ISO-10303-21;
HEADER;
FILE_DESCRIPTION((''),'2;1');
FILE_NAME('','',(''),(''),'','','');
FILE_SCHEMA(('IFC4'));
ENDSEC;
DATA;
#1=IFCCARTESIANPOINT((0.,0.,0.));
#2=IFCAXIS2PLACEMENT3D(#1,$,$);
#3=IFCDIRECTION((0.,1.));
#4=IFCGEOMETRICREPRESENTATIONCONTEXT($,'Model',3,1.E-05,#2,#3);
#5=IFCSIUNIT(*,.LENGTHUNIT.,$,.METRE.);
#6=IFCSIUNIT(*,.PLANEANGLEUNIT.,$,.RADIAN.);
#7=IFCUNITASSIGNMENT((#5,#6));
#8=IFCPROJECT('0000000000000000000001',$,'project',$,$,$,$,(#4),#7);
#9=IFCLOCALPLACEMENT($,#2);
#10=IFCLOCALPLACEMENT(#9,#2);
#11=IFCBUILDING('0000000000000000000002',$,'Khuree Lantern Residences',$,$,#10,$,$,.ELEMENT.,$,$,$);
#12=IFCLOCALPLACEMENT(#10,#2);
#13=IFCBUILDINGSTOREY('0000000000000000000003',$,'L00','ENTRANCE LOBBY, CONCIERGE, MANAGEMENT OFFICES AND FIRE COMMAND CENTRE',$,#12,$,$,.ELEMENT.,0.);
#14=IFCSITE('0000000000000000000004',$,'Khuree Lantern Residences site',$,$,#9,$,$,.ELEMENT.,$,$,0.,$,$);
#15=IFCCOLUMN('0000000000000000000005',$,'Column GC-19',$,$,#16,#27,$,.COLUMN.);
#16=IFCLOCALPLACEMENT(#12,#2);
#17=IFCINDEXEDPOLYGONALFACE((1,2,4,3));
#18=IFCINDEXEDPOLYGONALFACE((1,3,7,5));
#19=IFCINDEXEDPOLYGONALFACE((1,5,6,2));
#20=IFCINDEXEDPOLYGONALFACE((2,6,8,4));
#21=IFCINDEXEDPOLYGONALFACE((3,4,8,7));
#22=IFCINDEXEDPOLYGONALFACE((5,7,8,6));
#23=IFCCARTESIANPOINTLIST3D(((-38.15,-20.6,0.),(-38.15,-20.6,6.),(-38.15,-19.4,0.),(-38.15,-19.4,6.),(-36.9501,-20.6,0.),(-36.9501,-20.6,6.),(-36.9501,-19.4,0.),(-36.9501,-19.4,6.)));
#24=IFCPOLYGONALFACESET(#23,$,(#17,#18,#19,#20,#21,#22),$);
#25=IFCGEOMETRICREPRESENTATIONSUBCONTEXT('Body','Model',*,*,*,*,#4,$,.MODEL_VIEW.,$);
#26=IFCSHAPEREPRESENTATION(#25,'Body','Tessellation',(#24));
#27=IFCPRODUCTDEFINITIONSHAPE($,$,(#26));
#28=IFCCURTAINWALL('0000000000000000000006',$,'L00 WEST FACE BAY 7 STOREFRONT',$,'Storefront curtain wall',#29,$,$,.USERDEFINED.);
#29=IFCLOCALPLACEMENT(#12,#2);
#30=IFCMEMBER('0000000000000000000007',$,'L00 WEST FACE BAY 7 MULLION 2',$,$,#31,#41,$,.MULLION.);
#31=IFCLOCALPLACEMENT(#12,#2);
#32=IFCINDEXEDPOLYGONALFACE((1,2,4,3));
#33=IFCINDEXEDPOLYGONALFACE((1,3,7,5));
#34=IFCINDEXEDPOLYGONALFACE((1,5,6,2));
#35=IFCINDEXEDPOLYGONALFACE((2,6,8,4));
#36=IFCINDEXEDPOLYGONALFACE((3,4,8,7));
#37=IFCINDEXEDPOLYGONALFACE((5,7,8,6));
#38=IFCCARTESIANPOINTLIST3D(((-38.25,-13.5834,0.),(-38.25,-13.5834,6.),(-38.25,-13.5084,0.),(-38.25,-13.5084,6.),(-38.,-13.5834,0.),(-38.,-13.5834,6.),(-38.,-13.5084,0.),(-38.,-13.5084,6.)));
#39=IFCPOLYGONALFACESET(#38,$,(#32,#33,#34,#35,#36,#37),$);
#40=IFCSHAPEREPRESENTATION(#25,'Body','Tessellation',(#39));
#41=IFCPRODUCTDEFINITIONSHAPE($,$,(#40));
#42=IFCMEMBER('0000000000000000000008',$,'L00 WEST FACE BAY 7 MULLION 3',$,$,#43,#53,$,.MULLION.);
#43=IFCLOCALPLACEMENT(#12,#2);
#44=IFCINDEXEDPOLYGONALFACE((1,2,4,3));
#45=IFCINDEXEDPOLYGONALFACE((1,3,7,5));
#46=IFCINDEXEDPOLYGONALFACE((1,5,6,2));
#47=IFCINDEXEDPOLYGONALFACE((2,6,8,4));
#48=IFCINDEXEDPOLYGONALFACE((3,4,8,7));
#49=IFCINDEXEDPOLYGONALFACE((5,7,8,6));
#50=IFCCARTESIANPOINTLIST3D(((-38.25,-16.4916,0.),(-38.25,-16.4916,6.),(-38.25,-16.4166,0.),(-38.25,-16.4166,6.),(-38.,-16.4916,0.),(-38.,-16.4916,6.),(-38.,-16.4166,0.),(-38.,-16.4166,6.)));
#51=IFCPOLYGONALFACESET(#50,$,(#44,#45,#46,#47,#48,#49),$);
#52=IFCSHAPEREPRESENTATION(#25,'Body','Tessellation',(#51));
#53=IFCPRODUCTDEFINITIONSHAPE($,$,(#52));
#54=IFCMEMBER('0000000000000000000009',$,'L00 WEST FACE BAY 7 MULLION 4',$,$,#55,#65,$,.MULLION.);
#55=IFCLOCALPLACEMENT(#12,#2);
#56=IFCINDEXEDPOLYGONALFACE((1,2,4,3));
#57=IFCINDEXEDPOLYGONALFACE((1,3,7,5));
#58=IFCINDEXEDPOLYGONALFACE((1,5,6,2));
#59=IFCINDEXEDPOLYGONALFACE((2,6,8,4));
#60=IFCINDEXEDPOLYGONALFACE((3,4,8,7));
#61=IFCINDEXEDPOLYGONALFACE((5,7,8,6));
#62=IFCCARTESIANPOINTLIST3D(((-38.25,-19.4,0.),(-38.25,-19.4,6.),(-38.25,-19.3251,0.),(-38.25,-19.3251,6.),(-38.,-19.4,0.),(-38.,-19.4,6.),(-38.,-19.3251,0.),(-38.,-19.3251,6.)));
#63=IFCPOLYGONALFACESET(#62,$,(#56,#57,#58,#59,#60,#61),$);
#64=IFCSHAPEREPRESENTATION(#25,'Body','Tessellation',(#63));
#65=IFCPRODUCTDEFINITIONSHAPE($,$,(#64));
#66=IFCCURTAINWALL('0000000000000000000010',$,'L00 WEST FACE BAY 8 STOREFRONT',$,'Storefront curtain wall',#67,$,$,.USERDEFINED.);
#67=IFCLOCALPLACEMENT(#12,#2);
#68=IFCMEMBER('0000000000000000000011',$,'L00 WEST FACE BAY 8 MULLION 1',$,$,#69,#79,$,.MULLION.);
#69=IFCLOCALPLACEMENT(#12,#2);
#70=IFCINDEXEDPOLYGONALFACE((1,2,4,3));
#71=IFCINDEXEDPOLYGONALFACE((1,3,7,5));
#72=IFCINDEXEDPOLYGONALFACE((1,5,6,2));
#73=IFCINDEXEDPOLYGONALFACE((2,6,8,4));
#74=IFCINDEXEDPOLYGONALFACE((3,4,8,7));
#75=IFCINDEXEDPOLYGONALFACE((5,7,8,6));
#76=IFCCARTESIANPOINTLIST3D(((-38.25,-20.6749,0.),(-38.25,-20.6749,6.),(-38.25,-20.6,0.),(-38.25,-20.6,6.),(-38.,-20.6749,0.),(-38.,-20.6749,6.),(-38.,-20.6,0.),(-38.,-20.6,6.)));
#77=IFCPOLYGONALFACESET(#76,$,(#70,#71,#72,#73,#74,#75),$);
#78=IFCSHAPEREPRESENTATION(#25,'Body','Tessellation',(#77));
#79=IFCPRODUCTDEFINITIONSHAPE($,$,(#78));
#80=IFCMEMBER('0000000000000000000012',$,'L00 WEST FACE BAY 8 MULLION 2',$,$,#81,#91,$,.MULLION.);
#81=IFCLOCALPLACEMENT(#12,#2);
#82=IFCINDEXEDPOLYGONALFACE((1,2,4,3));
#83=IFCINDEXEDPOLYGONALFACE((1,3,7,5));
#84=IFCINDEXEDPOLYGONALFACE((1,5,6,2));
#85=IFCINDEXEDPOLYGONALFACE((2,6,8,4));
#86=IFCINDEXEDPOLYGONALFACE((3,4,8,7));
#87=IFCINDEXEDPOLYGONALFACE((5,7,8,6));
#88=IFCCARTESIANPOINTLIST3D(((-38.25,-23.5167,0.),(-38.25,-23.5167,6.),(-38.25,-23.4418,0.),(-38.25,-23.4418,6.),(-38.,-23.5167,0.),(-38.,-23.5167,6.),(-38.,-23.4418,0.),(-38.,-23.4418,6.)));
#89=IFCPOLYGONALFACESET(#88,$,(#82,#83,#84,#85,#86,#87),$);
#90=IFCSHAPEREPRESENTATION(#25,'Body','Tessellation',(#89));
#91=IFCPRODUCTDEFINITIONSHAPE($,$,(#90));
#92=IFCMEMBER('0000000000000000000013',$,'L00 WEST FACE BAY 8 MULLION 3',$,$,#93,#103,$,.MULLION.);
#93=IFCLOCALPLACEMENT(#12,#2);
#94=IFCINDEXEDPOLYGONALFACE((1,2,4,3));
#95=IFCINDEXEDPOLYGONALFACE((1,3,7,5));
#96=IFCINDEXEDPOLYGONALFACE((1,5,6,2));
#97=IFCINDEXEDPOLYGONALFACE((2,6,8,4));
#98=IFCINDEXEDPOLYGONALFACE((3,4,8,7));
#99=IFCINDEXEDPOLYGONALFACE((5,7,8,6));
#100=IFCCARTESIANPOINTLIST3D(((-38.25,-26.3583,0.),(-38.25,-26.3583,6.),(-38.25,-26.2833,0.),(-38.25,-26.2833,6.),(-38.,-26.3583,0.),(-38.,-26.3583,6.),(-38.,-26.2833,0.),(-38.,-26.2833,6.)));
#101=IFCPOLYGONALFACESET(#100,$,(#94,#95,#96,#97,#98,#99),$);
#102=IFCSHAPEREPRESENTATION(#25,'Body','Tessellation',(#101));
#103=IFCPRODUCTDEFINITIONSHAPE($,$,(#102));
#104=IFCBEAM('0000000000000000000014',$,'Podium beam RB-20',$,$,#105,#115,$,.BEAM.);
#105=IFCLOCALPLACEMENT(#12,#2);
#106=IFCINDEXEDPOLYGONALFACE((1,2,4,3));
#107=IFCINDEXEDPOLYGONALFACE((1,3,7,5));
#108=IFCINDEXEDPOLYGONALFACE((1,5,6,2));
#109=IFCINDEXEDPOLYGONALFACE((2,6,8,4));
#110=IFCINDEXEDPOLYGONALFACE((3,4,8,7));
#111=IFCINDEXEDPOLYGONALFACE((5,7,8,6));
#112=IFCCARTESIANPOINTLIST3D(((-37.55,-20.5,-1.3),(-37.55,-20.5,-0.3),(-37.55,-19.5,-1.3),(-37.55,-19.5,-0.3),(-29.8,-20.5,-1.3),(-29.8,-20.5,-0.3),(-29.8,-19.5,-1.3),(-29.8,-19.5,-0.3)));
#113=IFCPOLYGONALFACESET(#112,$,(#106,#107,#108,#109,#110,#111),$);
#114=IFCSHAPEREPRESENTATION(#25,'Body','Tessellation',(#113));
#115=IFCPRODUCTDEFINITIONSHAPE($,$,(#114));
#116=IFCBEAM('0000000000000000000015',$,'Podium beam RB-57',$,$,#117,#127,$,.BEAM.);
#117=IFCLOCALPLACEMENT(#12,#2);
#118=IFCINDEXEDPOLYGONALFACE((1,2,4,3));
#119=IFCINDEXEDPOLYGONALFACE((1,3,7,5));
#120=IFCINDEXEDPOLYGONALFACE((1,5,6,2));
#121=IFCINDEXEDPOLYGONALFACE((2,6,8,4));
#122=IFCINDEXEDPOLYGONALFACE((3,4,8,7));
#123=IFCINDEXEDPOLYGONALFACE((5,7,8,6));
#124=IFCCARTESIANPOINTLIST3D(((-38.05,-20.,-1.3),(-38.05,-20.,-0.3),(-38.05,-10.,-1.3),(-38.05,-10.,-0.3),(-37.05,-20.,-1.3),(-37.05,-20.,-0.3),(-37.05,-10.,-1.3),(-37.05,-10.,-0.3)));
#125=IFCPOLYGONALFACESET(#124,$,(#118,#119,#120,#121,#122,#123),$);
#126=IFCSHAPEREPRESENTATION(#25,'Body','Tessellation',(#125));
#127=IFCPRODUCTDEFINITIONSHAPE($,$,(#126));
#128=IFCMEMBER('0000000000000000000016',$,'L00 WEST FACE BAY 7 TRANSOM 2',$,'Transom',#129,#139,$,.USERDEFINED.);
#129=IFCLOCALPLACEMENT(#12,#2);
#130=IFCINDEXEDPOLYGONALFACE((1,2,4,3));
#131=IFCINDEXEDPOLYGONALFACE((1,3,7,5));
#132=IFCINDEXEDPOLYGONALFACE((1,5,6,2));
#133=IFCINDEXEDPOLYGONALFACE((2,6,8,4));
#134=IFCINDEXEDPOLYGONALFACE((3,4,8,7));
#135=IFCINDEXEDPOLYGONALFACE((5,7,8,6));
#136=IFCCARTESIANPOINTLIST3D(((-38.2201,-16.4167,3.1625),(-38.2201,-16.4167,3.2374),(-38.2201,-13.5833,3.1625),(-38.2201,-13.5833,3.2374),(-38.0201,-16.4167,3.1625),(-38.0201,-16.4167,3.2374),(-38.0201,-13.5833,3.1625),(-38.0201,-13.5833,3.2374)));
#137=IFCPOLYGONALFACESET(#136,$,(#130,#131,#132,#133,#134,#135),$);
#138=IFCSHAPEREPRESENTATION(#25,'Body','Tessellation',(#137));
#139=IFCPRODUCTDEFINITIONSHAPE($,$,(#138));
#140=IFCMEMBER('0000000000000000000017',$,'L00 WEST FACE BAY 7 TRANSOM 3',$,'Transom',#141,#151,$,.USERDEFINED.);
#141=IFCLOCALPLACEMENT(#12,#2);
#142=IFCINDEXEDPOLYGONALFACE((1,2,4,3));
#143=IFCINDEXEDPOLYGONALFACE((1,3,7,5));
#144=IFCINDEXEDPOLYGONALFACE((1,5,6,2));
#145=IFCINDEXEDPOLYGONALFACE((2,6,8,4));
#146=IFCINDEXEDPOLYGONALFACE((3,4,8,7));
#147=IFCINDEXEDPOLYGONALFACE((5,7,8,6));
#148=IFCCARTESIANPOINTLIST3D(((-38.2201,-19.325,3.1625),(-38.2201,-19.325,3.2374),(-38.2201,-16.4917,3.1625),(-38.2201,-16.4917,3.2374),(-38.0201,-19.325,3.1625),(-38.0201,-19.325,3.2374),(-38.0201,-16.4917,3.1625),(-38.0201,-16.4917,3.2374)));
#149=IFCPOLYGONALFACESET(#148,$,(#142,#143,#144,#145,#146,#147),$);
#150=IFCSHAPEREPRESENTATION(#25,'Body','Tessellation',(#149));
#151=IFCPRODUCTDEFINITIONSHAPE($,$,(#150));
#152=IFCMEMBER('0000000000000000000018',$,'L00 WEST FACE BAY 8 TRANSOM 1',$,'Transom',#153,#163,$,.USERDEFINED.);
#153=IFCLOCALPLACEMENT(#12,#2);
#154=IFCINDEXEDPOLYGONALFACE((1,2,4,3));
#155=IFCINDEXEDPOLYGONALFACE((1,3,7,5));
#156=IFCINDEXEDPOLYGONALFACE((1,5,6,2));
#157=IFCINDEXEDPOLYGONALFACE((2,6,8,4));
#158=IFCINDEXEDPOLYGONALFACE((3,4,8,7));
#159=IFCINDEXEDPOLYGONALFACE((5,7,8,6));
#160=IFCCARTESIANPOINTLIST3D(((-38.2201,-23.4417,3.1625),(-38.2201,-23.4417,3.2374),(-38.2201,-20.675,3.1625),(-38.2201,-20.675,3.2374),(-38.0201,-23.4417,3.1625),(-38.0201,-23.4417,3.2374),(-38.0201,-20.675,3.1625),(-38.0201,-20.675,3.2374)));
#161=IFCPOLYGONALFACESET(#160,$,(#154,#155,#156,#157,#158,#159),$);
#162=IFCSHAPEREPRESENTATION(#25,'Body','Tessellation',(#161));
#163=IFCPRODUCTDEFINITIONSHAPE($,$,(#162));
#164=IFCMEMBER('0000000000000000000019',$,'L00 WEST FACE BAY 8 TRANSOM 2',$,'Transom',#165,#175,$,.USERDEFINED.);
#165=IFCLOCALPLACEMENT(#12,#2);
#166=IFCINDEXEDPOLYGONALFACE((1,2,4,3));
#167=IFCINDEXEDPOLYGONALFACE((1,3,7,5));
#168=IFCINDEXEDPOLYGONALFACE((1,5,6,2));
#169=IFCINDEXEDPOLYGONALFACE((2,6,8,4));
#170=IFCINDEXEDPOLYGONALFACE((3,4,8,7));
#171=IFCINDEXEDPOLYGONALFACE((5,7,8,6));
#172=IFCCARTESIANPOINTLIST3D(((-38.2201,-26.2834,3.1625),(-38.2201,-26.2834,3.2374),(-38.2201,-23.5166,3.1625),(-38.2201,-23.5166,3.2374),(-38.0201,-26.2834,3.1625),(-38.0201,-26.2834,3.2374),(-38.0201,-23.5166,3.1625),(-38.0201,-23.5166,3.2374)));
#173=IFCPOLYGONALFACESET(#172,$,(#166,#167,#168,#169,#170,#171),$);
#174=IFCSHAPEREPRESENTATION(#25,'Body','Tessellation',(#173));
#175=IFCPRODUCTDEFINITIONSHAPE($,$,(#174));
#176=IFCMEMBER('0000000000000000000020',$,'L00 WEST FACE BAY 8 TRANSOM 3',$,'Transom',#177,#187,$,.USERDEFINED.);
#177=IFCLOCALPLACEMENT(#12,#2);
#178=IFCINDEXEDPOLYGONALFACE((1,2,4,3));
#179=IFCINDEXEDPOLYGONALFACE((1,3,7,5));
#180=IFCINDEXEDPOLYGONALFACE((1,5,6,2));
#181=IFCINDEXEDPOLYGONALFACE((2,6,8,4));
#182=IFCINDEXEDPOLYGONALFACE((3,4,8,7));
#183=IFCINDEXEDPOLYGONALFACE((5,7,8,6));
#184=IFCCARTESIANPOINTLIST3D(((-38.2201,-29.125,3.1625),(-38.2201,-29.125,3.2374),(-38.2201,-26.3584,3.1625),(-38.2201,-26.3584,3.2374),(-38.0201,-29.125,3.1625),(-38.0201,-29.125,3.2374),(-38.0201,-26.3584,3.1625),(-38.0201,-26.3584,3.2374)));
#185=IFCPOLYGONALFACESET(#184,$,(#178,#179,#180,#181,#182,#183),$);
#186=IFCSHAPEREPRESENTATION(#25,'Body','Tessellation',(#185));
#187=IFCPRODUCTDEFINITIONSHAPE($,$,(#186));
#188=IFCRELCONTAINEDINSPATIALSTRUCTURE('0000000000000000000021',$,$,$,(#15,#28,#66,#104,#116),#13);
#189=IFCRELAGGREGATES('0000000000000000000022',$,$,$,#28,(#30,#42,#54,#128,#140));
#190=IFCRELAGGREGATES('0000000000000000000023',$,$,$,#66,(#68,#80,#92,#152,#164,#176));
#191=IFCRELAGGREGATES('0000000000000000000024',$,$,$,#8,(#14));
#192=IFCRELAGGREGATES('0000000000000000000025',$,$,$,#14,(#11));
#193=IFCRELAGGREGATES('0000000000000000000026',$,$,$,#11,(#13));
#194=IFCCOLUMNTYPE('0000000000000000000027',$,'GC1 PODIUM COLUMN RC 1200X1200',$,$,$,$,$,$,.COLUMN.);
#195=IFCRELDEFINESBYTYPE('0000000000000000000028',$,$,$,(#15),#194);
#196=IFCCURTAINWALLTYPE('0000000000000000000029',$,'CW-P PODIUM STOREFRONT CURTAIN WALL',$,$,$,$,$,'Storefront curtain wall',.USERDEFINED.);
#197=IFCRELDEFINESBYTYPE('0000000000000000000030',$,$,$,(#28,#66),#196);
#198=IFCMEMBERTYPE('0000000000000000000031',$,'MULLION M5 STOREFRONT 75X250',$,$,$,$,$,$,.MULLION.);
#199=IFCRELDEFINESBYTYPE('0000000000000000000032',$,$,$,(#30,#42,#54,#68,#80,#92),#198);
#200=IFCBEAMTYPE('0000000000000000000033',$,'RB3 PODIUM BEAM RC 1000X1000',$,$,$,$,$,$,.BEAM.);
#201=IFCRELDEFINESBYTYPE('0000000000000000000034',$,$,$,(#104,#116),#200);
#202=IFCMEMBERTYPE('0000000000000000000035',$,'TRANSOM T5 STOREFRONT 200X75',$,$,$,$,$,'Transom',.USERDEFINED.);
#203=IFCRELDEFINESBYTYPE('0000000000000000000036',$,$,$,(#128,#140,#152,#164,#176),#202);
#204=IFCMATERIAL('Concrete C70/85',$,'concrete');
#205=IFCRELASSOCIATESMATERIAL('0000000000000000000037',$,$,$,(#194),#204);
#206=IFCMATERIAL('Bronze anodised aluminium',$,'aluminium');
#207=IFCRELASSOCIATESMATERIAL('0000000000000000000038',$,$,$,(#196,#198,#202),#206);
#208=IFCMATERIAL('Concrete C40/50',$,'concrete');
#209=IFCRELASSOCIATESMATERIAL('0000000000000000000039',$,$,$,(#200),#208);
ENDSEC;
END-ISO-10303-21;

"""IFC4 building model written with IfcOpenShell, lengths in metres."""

from ifc_helpers import new_model, si_unit, direction, frame, origin, origin_2d, place, context, subcontext, project, spatial, rectangle, extrude, material, material_profile, profile_set, type_object, element, aggregate, save


model = new_model("IFC4")

# Units and contexts
model_context = context("Model", 3, precision=1e-05, world=origin(), true_north=direction((0.0, 1.0)))
body_context = subcontext(model_context, "Body", "Model", "MODEL_VIEW")
ifc_project = project(units=[si_unit("LENGTHUNIT", "METRE"), si_unit("PLANEANGLEUNIT", "RADIAN")], contexts=[model_context])

# Site, building, storey
site_placement = place(None, origin())
site = spatial("IfcSite", under=ifc_project, at=site_placement, Name="Khuree Lantern Residences site", CompositionType="ELEMENT", RefElevation=0.0)
building_placement = place(site_placement, origin())
building = spatial("IfcBuilding", under=site, at=building_placement, Name="Khuree Lantern Residences", CompositionType="ELEMENT")
storey_placement = place(building_placement, origin())
storey = spatial("IfcBuildingStorey", under=building, at=storey_placement, Name="L00", Description="ENTRANCE LOBBY, CONCIERGE, MANAGEMENT OFFICES AND FIRE COMMAND CENTRE", CompositionType="ELEMENT", Elevation=0.0)

# Column
ifc_material_1 = material(Name="Concrete C70/85", Category="concrete")
ifc_material_profile_1 = material_profile(ifc_material_1, rectangle(XDim=1.2, YDim=1.2, at=origin_2d()), Name="RC 1200X1200")
ifc_profile_set_1 = profile_set([ifc_material_profile_1], Name="Concrete C70/85")
column_type = type_object("IfcColumnType", Name="GC1 PODIUM COLUMN RC 1200X1200", PredefinedType="COLUMN", material=ifc_profile_set_1)
column_placement = place(storey_placement, frame((-37.55, -20.0, 0.0), z_axis=(0.0, 0.0, 1.0), x_axis=(1.0, 0.0, 0.0)))
element("IfcColumn", 1, at=column_placement, inside=storey, type_object=column_type, Name="Column GC-19", PredefinedType="COLUMN", context=body_context, shape_type="SweptSolid", body=[
    extrude(rectangle(XDim=1.2, YDim=1.2, at=origin_2d()), origin(), (0.0, 0.0, 1.0), 6.0),
])

# Curtain walls, members
ifc_material_2 = material(Name="Bronze anodised aluminium", Category="aluminium")
curtain_wall_type = type_object("IfcCurtainWallType", Name="CW-P PODIUM STOREFRONT CURTAIN WALL", ElementType="Storefront curtain wall", PredefinedType="USERDEFINED", material=ifc_material_2)
curtain_wall_1_placement = place(storey_placement, origin())
curtain_wall_1 = element("IfcCurtainWall", 2, at=curtain_wall_1_placement, inside=storey, type_object=curtain_wall_type, Name="L00 WEST FACE BAY 7 STOREFRONT", ObjectType="Storefront curtain wall", PredefinedType="USERDEFINED")
ifc_material_profile_2 = material_profile(ifc_material_2, rectangle(XDim=0.075, YDim=0.25, at=origin_2d()), Name="M5 75X250")
ifc_profile_set_2 = profile_set([ifc_material_profile_2], Name="Bronze anodised aluminium")
member_type_1 = type_object("IfcMemberType", Name="MULLION M5 STOREFRONT 75X250", PredefinedType="MULLION", material=ifc_profile_set_2)
member_1_placement = place(storey_placement, frame((-38.125, -13.5459, 0.0), z_axis=(0.0, 0.0, 1.0), x_axis=(0.0, -1.0, 0.0)))
member_1 = element("IfcMember", 3, at=member_1_placement, type_object=member_type_1, Name="L00 WEST FACE BAY 7 MULLION 2", PredefinedType="MULLION", context=body_context, shape_type="SweptSolid", body=[
    extrude(rectangle(XDim=0.075, YDim=0.25, at=origin_2d()), origin(), (0.0, 0.0, 1.0), 6.0),
])
member_2_placement = place(storey_placement, frame((-38.125, -16.4541, 0.0), z_axis=(0.0, 0.0, 1.0), x_axis=(0.0, -1.0, 0.0)))
member_2 = element("IfcMember", 4, at=member_2_placement, type_object=member_type_1, Name="L00 WEST FACE BAY 7 MULLION 3", PredefinedType="MULLION", context=body_context, shape_type="SweptSolid", body=[
    extrude(rectangle(XDim=0.075, YDim=0.25, at=origin_2d()), origin(), (0.0, 0.0, 1.0), 6.0),
])
member_3_placement = place(storey_placement, frame((-38.125, -19.3625, 0.0), z_axis=(0.0, 0.0, 1.0), x_axis=(0.0, -1.0, 0.0)))
member_3 = element("IfcMember", 5, at=member_3_placement, type_object=member_type_1, Name="L00 WEST FACE BAY 7 MULLION 4", PredefinedType="MULLION", context=body_context, shape_type="SweptSolid", body=[
    extrude(rectangle(XDim=0.075, YDim=0.25, at=origin_2d()), origin(), (0.0, 0.0, 1.0), 6.0),
])
curtain_wall_2_placement = place(storey_placement, origin())
curtain_wall_2 = element("IfcCurtainWall", 6, at=curtain_wall_2_placement, inside=storey, type_object=curtain_wall_type, Name="L00 WEST FACE BAY 8 STOREFRONT", ObjectType="Storefront curtain wall", PredefinedType="USERDEFINED")
member_4_placement = place(storey_placement, frame((-38.125, -20.6375, 0.0), z_axis=(0.0, 0.0, 1.0), x_axis=(0.0, -1.0, 0.0)))
member_4 = element("IfcMember", 7, at=member_4_placement, type_object=member_type_1, Name="L00 WEST FACE BAY 8 MULLION 1", PredefinedType="MULLION", context=body_context, shape_type="SweptSolid", body=[
    extrude(rectangle(XDim=0.075, YDim=0.25, at=origin_2d()), origin(), (0.0, 0.0, 1.0), 6.0),
])
member_5_placement = place(storey_placement, frame((-38.125, -23.4792, 0.0), z_axis=(0.0, 0.0, 1.0), x_axis=(0.0, -1.0, 0.0)))
member_5 = element("IfcMember", 8, at=member_5_placement, type_object=member_type_1, Name="L00 WEST FACE BAY 8 MULLION 2", PredefinedType="MULLION", context=body_context, shape_type="SweptSolid", body=[
    extrude(rectangle(XDim=0.075, YDim=0.25, at=origin_2d()), origin(), (0.0, 0.0, 1.0), 6.0),
])
member_6_placement = place(storey_placement, frame((-38.125, -26.3208, 0.0), z_axis=(0.0, 0.0, 1.0), x_axis=(0.0, -1.0, 0.0)))
member_6 = element("IfcMember", 9, at=member_6_placement, type_object=member_type_1, Name="L00 WEST FACE BAY 8 MULLION 3", PredefinedType="MULLION", context=body_context, shape_type="SweptSolid", body=[
    extrude(rectangle(XDim=0.075, YDim=0.25, at=origin_2d()), origin(), (0.0, 0.0, 1.0), 6.0),
])

# Beams
ifc_material_3 = material(Name="Concrete C40/50", Category="concrete")
ifc_material_profile_3 = material_profile(ifc_material_3, rectangle(XDim=1.0, YDim=1.0, at=origin_2d()), Name="RC 1000X1000")
ifc_profile_set_3 = profile_set([ifc_material_profile_3], Name="Concrete C40/50")
beam_type = type_object("IfcBeamType", Name="RB3 PODIUM BEAM RC 1000X1000", PredefinedType="BEAM", material=ifc_profile_set_3)
beam_1_placement = place(storey_placement, frame((-37.55, -20.0, -0.8), z_axis=(1.0, 0.0, 0.0), x_axis=(0.0, 1.0, 0.0)))
element("IfcBeam", 10, at=beam_1_placement, inside=storey, type_object=beam_type, Name="Podium beam RB-20", PredefinedType="BEAM", context=body_context, shape_type="SweptSolid", body=[
    extrude(rectangle(XDim=1.0, YDim=1.0, at=origin_2d()), origin(), (0.0, 0.0, 1.0), 7.75),
])
beam_2_placement = place(storey_placement, frame((-37.55, -20.0, -0.8), z_axis=(0.0, 1.0, 0.0), x_axis=(-1.0, 0.0, 0.0)))
element("IfcBeam", 11, at=beam_2_placement, inside=storey, type_object=beam_type, Name="Podium beam RB-57", PredefinedType="BEAM", context=body_context, shape_type="SweptSolid", body=[
    extrude(rectangle(XDim=1.0, YDim=1.0, at=origin_2d()), origin(), (0.0, 0.0, 1.0), 10.0),
])

# Members
ifc_material_profile_4 = material_profile(ifc_material_2, rectangle(XDim=0.2, YDim=0.075, at=origin_2d()), Name="T5 200X75")
ifc_profile_set_4 = profile_set([ifc_material_profile_4], Name="Bronze anodised aluminium")
member_type_2 = type_object("IfcMemberType", Name="TRANSOM T5 STOREFRONT 200X75", ElementType="Transom", PredefinedType="USERDEFINED", material=ifc_profile_set_4)
member_7_placement = place(storey_placement, frame((-38.1201, -13.5833, 3.2), z_axis=(0.0, -1.0, 0.0), x_axis=(1.0, 0.0, 0.0)))
member_7 = element("IfcMember", 12, at=member_7_placement, type_object=member_type_2, Name="L00 WEST FACE BAY 7 TRANSOM 2", ObjectType="Transom", PredefinedType="USERDEFINED", context=body_context, shape_type="SweptSolid", body=[
    extrude(rectangle(XDim=0.2, YDim=0.075, at=origin_2d()), origin(), (0.0, 0.0, 1.0), 2.8335),
])
member_8_placement = place(storey_placement, frame((-38.1201, -16.4917, 3.2), z_axis=(0.0, -1.0, 0.0), x_axis=(1.0, 0.0, 0.0)))
member_8 = element("IfcMember", 13, at=member_8_placement, type_object=member_type_2, Name="L00 WEST FACE BAY 7 TRANSOM 3", ObjectType="Transom", PredefinedType="USERDEFINED", context=body_context, shape_type="SweptSolid", body=[
    extrude(rectangle(XDim=0.2, YDim=0.075, at=origin_2d()), origin(), (0.0, 0.0, 1.0), 2.8333),
])
member_9_placement = place(storey_placement, frame((-38.1201, -20.675, 3.2), z_axis=(0.0, -1.0, 0.0), x_axis=(1.0, 0.0, 0.0)))
member_9 = element("IfcMember", 14, at=member_9_placement, type_object=member_type_2, Name="L00 WEST FACE BAY 8 TRANSOM 1", ObjectType="Transom", PredefinedType="USERDEFINED", context=body_context, shape_type="SweptSolid", body=[
    extrude(rectangle(XDim=0.2, YDim=0.075, at=origin_2d()), origin(), (0.0, 0.0, 1.0), 2.7666),
])
member_10_placement = place(storey_placement, frame((-38.1201, -23.5166, 3.2), z_axis=(0.0, -1.0, 0.0), x_axis=(1.0, 0.0, 0.0)))
member_10 = element("IfcMember", 15, at=member_10_placement, type_object=member_type_2, Name="L00 WEST FACE BAY 8 TRANSOM 2", ObjectType="Transom", PredefinedType="USERDEFINED", context=body_context, shape_type="SweptSolid", body=[
    extrude(rectangle(XDim=0.2, YDim=0.075, at=origin_2d()), origin(), (0.0, 0.0, 1.0), 2.7668),
])
member_11_placement = place(storey_placement, frame((-38.1201, -26.3584, 3.2), z_axis=(0.0, -1.0, 0.0), x_axis=(1.0, 0.0, 0.0)))
member_11 = element("IfcMember", 16, at=member_11_placement, type_object=member_type_2, Name="L00 WEST FACE BAY 8 TRANSOM 3", ObjectType="Transom", PredefinedType="USERDEFINED", context=body_context, shape_type="SweptSolid", body=[
    extrude(rectangle(XDim=0.2, YDim=0.075, at=origin_2d()), origin(), (0.0, 0.0, 1.0), 2.7666),
])

aggregate(curtain_wall_1, [member_1, member_2, member_3, member_7, member_8])
aggregate(curtain_wall_2, [member_4, member_5, member_6, member_9, member_10, member_11])

save(model, "model.ifc")
